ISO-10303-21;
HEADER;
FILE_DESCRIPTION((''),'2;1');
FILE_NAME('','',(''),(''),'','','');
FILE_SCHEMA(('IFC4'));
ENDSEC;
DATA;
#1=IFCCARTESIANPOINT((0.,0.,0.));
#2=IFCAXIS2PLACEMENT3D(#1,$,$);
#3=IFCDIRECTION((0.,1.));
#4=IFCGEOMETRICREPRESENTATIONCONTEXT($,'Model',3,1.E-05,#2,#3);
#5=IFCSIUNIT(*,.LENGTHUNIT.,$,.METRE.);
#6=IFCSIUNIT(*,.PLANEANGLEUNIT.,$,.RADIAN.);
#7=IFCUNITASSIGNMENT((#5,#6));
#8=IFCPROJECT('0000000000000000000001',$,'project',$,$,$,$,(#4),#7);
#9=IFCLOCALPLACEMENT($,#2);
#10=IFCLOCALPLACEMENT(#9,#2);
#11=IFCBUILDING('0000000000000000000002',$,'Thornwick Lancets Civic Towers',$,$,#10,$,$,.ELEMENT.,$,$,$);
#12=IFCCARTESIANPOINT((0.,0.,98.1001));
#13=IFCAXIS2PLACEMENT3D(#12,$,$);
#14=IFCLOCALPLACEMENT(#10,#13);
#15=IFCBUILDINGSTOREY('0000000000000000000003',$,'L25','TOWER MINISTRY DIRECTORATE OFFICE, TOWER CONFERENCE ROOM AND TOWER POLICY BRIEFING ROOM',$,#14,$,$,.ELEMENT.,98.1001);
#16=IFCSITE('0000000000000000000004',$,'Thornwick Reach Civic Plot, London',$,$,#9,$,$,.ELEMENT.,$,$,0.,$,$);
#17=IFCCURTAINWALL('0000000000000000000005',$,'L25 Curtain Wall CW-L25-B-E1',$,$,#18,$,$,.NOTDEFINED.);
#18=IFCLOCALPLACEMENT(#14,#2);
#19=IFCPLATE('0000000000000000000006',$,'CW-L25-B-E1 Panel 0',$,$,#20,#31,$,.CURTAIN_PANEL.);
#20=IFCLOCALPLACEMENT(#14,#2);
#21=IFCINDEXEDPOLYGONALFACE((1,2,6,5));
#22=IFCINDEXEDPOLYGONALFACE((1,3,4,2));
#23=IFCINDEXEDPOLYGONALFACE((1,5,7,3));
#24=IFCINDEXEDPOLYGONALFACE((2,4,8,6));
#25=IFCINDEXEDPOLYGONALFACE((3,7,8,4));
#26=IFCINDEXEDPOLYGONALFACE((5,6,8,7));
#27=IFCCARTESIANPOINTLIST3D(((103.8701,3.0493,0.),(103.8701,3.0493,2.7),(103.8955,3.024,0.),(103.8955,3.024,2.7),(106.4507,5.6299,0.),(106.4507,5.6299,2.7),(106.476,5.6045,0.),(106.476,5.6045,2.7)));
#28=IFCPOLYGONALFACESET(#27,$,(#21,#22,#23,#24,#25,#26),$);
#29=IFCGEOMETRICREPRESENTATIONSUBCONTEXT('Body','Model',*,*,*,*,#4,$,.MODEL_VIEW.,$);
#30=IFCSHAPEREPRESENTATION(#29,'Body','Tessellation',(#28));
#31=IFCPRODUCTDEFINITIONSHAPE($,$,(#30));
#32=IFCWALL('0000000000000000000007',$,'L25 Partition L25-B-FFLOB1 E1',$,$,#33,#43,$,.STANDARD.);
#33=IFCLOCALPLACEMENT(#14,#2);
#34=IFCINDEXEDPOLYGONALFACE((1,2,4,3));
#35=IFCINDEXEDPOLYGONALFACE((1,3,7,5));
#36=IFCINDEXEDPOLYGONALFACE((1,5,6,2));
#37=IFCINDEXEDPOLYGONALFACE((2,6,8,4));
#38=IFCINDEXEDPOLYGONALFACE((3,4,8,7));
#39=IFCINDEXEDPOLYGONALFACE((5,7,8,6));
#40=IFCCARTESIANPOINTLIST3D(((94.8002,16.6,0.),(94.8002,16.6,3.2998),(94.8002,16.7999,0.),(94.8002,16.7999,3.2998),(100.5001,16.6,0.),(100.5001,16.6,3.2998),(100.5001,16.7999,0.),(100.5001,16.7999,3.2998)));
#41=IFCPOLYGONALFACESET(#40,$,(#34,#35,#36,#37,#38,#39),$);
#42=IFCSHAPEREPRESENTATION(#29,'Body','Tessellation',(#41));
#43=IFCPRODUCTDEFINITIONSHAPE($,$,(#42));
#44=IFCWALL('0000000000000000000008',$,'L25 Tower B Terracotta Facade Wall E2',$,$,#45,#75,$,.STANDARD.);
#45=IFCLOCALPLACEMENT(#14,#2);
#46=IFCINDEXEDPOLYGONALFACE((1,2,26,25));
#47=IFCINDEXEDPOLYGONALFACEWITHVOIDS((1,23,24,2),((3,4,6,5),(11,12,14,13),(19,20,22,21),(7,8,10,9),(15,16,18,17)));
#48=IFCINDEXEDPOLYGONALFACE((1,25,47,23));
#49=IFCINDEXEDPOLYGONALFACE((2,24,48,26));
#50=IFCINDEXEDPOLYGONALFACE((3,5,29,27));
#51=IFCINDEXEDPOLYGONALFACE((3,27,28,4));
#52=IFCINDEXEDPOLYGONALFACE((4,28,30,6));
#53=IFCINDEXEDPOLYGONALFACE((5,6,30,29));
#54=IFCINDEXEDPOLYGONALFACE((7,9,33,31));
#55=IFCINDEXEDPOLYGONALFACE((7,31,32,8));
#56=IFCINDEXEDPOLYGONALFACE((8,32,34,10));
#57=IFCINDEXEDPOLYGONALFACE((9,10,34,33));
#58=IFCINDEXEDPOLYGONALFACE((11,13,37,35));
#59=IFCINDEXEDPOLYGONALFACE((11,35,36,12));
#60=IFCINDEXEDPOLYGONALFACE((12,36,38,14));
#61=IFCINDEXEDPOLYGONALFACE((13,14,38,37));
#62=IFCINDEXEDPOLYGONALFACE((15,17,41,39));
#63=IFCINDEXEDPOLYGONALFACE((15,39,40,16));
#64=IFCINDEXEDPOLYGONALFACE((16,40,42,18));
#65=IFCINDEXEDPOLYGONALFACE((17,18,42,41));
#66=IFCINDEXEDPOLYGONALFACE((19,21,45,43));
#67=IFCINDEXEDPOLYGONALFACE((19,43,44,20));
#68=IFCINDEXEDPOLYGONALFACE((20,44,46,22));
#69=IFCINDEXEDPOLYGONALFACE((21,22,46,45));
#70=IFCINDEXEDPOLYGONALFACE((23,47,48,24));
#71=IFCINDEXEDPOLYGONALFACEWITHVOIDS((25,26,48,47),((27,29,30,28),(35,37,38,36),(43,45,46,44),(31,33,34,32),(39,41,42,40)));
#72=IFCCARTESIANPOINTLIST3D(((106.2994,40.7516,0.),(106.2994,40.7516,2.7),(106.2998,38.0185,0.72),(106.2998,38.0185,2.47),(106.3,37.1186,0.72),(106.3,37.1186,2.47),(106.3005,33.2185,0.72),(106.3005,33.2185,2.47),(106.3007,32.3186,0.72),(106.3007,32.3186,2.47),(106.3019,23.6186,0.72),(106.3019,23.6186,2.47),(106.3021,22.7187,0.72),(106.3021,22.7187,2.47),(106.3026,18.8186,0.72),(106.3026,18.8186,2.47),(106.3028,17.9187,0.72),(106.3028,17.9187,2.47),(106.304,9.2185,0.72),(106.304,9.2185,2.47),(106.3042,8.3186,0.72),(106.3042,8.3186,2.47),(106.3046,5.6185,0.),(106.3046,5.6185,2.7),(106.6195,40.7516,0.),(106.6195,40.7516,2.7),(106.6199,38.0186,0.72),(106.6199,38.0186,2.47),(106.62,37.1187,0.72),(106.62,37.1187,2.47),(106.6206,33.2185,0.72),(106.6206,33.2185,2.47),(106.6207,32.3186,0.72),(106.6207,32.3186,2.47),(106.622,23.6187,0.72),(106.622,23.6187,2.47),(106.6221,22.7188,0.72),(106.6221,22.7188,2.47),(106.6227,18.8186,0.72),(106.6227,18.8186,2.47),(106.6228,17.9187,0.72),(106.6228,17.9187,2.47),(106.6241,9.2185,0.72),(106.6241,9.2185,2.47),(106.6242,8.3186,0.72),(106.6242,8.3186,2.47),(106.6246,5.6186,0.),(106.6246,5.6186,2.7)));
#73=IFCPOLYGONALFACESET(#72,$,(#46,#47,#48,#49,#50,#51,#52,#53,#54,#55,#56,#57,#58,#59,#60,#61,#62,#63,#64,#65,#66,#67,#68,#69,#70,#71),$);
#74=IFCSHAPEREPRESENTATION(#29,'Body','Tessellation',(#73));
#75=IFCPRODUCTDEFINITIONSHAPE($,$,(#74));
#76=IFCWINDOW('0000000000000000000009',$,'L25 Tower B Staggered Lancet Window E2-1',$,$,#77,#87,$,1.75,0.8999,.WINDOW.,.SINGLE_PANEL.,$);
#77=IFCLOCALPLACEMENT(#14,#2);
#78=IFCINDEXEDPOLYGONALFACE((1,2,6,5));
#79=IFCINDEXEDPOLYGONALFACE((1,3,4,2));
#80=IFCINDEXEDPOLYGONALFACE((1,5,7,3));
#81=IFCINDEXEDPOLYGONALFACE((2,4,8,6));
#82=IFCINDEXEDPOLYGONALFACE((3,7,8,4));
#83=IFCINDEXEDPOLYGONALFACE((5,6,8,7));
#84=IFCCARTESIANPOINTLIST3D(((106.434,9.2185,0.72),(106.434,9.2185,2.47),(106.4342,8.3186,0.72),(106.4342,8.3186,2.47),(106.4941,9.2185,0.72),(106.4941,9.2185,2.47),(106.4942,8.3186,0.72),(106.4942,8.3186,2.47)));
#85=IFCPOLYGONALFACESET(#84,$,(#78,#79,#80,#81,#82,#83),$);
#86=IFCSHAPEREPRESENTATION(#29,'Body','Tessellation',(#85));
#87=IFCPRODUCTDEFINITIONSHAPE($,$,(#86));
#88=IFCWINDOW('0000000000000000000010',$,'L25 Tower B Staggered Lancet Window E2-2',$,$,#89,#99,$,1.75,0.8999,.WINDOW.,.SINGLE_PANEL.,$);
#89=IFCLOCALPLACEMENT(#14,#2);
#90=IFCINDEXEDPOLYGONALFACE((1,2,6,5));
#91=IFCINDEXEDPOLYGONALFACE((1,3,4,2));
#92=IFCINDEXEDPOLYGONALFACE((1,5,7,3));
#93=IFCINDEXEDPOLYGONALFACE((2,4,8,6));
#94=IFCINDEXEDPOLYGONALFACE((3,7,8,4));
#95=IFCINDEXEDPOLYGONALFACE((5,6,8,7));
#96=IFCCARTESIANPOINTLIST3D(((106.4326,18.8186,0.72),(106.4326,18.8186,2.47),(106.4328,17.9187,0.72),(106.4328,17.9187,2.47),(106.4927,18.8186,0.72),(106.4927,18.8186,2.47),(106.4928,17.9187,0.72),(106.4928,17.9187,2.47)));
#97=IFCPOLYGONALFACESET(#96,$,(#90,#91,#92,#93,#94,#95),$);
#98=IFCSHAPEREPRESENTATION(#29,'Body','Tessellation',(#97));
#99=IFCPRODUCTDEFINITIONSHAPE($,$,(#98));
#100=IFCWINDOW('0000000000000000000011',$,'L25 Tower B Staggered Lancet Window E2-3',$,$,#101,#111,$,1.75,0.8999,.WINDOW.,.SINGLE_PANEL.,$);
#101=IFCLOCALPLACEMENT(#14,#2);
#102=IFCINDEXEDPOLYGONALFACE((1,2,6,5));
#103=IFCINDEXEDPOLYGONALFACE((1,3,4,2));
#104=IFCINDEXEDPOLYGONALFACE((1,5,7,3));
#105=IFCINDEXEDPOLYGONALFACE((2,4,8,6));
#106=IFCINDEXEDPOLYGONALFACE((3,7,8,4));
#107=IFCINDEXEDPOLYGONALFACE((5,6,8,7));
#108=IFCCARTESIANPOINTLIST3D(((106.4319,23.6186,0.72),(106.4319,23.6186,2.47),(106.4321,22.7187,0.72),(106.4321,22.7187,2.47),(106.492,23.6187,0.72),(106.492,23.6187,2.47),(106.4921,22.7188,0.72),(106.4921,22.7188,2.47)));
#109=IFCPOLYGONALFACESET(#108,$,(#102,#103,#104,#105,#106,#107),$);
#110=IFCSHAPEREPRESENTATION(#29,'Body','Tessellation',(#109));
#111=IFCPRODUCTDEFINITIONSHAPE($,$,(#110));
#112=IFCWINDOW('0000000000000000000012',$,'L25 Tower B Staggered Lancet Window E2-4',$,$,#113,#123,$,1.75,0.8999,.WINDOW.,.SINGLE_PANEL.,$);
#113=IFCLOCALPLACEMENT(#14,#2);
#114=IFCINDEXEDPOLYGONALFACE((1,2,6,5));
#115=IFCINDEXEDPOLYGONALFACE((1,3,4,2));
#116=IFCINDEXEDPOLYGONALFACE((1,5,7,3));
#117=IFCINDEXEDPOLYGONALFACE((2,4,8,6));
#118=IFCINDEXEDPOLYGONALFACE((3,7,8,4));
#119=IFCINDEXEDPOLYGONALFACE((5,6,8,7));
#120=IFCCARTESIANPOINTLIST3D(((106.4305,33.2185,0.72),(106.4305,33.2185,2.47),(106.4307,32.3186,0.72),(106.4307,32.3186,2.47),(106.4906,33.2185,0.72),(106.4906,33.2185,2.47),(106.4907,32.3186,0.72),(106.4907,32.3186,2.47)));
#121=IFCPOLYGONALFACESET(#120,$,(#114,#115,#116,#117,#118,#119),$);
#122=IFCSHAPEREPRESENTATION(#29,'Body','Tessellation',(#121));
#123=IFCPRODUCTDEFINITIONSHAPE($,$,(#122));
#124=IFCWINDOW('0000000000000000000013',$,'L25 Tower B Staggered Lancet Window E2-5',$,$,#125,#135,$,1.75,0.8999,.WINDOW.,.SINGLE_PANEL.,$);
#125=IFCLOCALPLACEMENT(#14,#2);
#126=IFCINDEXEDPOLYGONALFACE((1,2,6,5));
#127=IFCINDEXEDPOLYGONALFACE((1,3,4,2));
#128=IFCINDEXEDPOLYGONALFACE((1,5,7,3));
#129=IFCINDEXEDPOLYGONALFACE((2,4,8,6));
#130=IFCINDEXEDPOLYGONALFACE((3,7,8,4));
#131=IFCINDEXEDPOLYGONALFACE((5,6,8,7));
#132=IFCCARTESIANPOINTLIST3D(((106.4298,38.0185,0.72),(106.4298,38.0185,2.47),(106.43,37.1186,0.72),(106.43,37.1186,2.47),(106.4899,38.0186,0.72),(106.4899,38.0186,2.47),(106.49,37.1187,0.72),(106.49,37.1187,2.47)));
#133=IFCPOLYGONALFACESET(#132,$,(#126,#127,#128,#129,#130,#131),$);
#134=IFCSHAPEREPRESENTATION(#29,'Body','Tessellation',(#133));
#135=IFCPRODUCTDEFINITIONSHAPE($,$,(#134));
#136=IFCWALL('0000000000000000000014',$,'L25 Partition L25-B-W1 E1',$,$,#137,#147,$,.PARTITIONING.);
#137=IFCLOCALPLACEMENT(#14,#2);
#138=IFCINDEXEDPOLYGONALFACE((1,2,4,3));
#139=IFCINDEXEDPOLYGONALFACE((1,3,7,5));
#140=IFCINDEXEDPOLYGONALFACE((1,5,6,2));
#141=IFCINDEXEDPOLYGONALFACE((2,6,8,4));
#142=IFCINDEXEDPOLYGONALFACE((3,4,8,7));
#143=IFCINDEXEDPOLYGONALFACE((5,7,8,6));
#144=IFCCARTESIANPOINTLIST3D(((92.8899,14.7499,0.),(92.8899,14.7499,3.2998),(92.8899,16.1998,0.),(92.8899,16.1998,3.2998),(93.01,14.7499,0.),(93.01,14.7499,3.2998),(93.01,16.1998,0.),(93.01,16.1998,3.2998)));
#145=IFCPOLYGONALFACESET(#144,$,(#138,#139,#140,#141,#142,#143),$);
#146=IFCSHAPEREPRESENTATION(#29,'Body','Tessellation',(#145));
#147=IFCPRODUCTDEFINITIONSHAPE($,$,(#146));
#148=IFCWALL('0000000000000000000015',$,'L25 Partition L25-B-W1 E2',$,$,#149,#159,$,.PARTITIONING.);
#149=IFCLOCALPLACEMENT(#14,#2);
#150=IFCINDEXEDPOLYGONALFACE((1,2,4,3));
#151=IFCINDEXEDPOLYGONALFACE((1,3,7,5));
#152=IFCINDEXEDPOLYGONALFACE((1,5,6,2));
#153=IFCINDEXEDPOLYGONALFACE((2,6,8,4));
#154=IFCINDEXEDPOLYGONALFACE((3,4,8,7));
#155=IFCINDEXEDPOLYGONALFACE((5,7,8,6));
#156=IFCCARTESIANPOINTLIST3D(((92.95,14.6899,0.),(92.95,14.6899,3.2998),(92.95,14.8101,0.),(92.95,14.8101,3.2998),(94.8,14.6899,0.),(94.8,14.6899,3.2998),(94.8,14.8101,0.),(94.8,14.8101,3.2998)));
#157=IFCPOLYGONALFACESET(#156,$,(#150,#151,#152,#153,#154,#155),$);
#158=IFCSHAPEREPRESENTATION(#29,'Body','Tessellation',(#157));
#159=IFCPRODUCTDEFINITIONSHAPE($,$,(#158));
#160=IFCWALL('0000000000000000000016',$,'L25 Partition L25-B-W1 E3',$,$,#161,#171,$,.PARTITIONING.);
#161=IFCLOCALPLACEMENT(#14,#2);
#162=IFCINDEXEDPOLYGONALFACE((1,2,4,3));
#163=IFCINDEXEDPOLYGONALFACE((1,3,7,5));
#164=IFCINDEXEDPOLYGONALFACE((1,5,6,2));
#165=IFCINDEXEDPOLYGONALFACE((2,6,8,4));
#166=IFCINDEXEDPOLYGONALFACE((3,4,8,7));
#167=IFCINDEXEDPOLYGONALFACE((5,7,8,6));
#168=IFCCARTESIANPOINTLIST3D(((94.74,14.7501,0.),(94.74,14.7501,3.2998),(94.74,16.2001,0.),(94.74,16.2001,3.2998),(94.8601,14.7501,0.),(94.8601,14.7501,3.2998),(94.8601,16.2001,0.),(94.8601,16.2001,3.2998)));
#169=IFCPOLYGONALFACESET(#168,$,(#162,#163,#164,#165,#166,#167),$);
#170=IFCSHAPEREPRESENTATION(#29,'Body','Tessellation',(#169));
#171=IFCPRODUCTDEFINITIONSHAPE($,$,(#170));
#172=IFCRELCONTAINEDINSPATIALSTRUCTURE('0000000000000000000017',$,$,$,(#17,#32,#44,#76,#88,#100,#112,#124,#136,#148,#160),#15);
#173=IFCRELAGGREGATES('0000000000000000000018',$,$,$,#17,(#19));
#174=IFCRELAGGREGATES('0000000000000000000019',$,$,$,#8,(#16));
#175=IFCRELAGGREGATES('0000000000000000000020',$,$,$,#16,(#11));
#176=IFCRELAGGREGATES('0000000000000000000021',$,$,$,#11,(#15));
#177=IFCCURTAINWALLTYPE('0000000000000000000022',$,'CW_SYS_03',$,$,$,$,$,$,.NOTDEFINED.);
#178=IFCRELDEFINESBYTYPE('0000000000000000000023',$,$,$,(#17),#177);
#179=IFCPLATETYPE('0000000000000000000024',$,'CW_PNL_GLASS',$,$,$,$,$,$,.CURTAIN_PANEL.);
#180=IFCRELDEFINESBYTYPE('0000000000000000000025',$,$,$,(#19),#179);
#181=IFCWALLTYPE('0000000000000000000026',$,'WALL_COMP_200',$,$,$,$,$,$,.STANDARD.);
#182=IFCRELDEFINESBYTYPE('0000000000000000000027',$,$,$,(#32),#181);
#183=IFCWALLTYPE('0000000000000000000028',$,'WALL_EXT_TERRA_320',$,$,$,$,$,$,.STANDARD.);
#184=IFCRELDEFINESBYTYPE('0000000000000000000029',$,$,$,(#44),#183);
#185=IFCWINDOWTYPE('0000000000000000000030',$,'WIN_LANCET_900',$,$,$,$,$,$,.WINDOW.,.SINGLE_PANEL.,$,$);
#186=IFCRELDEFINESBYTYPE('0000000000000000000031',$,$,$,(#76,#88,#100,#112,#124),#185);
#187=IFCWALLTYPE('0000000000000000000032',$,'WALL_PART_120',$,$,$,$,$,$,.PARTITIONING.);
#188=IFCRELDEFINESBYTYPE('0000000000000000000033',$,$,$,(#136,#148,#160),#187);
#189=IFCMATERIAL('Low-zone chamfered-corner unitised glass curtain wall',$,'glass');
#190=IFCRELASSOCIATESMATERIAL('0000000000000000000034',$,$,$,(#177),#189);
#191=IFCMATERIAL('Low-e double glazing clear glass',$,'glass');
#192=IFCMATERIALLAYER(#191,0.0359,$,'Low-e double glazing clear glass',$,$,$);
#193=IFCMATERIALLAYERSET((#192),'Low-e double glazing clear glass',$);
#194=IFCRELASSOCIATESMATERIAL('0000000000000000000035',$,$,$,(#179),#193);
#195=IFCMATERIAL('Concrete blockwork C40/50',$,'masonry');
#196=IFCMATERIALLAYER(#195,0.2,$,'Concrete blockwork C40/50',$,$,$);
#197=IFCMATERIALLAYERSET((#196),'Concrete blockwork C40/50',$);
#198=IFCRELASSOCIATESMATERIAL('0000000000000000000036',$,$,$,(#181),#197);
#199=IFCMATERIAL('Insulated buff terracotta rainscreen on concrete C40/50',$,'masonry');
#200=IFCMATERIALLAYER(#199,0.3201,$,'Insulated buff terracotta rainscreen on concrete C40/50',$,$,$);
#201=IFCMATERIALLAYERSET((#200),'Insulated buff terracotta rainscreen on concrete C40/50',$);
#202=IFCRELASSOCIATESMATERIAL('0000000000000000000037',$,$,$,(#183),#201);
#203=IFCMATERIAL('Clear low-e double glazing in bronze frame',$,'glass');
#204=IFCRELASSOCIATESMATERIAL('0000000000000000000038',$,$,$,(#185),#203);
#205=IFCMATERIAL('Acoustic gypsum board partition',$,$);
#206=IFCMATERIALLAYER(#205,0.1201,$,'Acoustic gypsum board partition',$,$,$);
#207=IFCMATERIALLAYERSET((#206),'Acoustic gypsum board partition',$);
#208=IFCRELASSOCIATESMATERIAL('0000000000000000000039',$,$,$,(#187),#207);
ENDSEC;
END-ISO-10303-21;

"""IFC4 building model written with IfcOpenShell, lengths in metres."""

from ifc_helpers import new_model, si_unit, direction, frame, frame_2d, origin, origin_2d, place, context, subcontext, project, spatial, rectangle, extrude, material, layer, layer_set, type_object, element, fill, aggregate, save


model = new_model("IFC4")

# Units and contexts
model_context = context("Model", 3, precision=1e-05, world=origin(), true_north=direction((0.0, 1.0)))
body_context = subcontext(model_context, "Body", "Model", "MODEL_VIEW")
ifc_project = project(units=[si_unit("LENGTHUNIT", "METRE"), si_unit("PLANEANGLEUNIT", "RADIAN")], contexts=[model_context])

# Site, building, storey
site_placement = place(None, origin())
site = spatial("IfcSite", under=ifc_project, at=site_placement, Name="Thornwick Reach Civic Plot, London", CompositionType="ELEMENT", RefElevation=0.0)
building_placement = place(site_placement, origin())
building = spatial("IfcBuilding", under=site, at=building_placement, Name="Thornwick Lancets Civic Towers", CompositionType="ELEMENT")
storey_placement = place(building_placement, frame((0.0, 0.0, 98.1001)))
storey = spatial("IfcBuildingStorey", under=building, at=storey_placement, Name="L25", Description="TOWER MINISTRY DIRECTORATE OFFICE, TOWER CONFERENCE ROOM AND TOWER POLICY BRIEFING ROOM", CompositionType="ELEMENT", Elevation=98.1001)

# Curtain wall, plate
ifc_material_1 = material(Name="Low-zone chamfered-corner unitised glass curtain wall", Category="glass")
curtain_wall_type = type_object("IfcCurtainWallType", Name="CW_SYS_03", PredefinedType="NOTDEFINED", material=ifc_material_1)
curtain_wall_placement = place(storey_placement, origin())
curtain_wall = element("IfcCurtainWall", 1, at=curtain_wall_placement, inside=storey, type_object=curtain_wall_type, Name="L25 Curtain Wall CW-L25-B-E1", PredefinedType="NOTDEFINED")
ifc_material_2 = material(Name="Low-e double glazing clear glass", Category="glass")
ifc_layer_1 = layer(ifc_material_2, 0.0359, Name="Low-e double glazing clear glass")
ifc_layer_set_1 = layer_set([ifc_layer_1], Name="Low-e double glazing clear glass")
plate_type = type_object("IfcPlateType", Name="CW_PNL_GLASS", PredefinedType="CURTAIN_PANEL", material=ifc_layer_set_1)
plate_placement = place(storey_placement, frame((105.1731, 4.3269, 0.0), z_axis=(0.0, 0.0, 1.0), x_axis=(0.707107, 0.707107, 0.0)))
plate = element("IfcPlate", 2, at=plate_placement, type_object=plate_type, Name="CW-L25-B-E1 Panel 0", PredefinedType="CURTAIN_PANEL", context=body_context, shape_type="SweptSolid", body=[
    extrude(rectangle(XDim=3.6494, YDim=0.0359, at=origin_2d()), origin(), (0.0, 0.0, 1.0), 2.7),
])
aggregate(curtain_wall, [plate])

# Wall
ifc_material_3 = material(Name="Concrete blockwork C40/50", Category="masonry")
ifc_layer_2 = layer(ifc_material_3, 0.2, Name="Concrete blockwork C40/50")
ifc_layer_set_2 = layer_set([ifc_layer_2], Name="Concrete blockwork C40/50")
wall_type_1 = type_object("IfcWallType", Name="WALL_COMP_200", PredefinedType="STANDARD", material=ifc_layer_set_2)
wall_1_placement = place(storey_placement, frame((94.8, 16.7, 0.0), z_axis=(0.0, 0.0, 1.0), x_axis=(1.0, 0.0, 0.0)))
element("IfcWall", 3, at=wall_1_placement, inside=storey, type_object=wall_type_1, Name="L25 Partition L25-B-FFLOB1 E1", PredefinedType="STANDARD", context=body_context, shape_type="SweptSolid", body=[
    extrude(rectangle(XDim=5.7, YDim=0.2, at=frame_2d((2.8501, 0.0))), origin(), (0.0, 0.0, 1.0), 3.2998),
])

# Wall, openings, windows
ifc_material_4 = material(Name="Insulated buff terracotta rainscreen on concrete C40/50", Category="masonry")
ifc_layer_3 = layer(ifc_material_4, 0.3201, Name="Insulated buff terracotta rainscreen on concrete C40/50")
ifc_layer_set_3 = layer_set([ifc_layer_3], Name="Insulated buff terracotta rainscreen on concrete C40/50")
wall_type_2 = type_object("IfcWallType", Name="WALL_EXT_TERRA_320", PredefinedType="STANDARD", material=ifc_layer_set_3)
wall_2_placement = place(storey_placement, frame((106.4646, 5.6187, 0.0), z_axis=(0.0, 0.0, 1.0), x_axis=(-0.000146, 1.0, 0.0)))
wall_2 = element("IfcWall", 4, at=wall_2_placement, inside=storey, type_object=wall_type_2, Name="L25 Tower B Terracotta Facade Wall E2", PredefinedType="STANDARD", context=body_context, shape_type="SweptSolid", body=[
    extrude(rectangle(XDim=35.1331, YDim=0.3201, at=frame_2d((17.5664, 0.0))), origin(), (0.0, 0.0, 1.0), 2.7),
])
opening_1_placement = place(wall_2_placement, frame((2.7, 0.0, 0.72)))
opening_1 = element("IfcOpeningElement", 5, at=opening_1_placement, cuts=wall_2, PredefinedType="OPENING", context=body_context, shape_type="SweptSolid", body=[
    extrude(rectangle(XDim=0.8999, YDim=1.75, at=frame_2d((0.45, 0.875))), frame((0.0, 0.1699, 0.0), z_axis=(0.0, -1.0, 0.0), x_axis=(1.0, 0.0, 0.0)), (0.0, 0.0, 1.0), 0.3401),
])
opening_2_placement = place(wall_2_placement, frame((12.3, 0.0, 0.72)))
opening_2 = element("IfcOpeningElement", 6, at=opening_2_placement, cuts=wall_2, PredefinedType="OPENING", context=body_context, shape_type="SweptSolid", body=[
    extrude(rectangle(XDim=0.8999, YDim=1.75, at=frame_2d((0.45, 0.875))), frame((0.0, 0.1699, 0.0), z_axis=(0.0, -1.0, 0.0), x_axis=(1.0, 0.0, 0.0)), (0.0, 0.0, 1.0), 0.3401),
])
opening_3_placement = place(wall_2_placement, frame((17.1001, 0.0, 0.72)))
opening_3 = element("IfcOpeningElement", 7, at=opening_3_placement, cuts=wall_2, PredefinedType="OPENING", context=body_context, shape_type="SweptSolid", body=[
    extrude(rectangle(XDim=0.8999, YDim=1.75, at=frame_2d((0.45, 0.875))), frame((0.0, 0.1699, 0.0), z_axis=(0.0, -1.0, 0.0), x_axis=(1.0, 0.0, 0.0)), (0.0, 0.0, 1.0), 0.3401),
])
opening_4_placement = place(wall_2_placement, frame((26.7, 0.0, 0.72)))
opening_4 = element("IfcOpeningElement", 8, at=opening_4_placement, cuts=wall_2, PredefinedType="OPENING", context=body_context, shape_type="SweptSolid", body=[
    extrude(rectangle(XDim=0.8999, YDim=1.75, at=frame_2d((0.45, 0.875))), frame((0.0, 0.1699, 0.0), z_axis=(0.0, -1.0, 0.0), x_axis=(1.0, 0.0, 0.0)), (0.0, 0.0, 1.0), 0.3401),
])
opening_5_placement = place(wall_2_placement, frame((31.5, 0.0, 0.72)))
opening_5 = element("IfcOpeningElement", 9, at=opening_5_placement, cuts=wall_2, PredefinedType="OPENING", context=body_context, shape_type="SweptSolid", body=[
    extrude(rectangle(XDim=0.8999, YDim=1.75, at=frame_2d((0.45, 0.875))), frame((0.0, 0.1699, 0.0), z_axis=(0.0, -1.0, 0.0), x_axis=(1.0, 0.0, 0.0)), (0.0, 0.0, 1.0), 0.3401),
])
ifc_material_5 = material(Name="Clear low-e double glazing in bronze frame", Category="glass")
window_type = type_object("IfcWindowType", Name="WIN_LANCET_900", PartitioningType="SINGLE_PANEL", PredefinedType="WINDOW", material=ifc_material_5)
window_1_placement = place(opening_1_placement, origin())
window_1 = element("IfcWindow", 10, at=window_1_placement, inside=storey, type_object=window_type, Name="L25 Tower B Staggered Lancet Window E2-1", OverallHeight=1.75, OverallWidth=0.8999, PartitioningType="SINGLE_PANEL", PredefinedType="WINDOW", context=body_context, shape_type="SweptSolid", body=[
    extrude(rectangle(XDim=0.8999, YDim=1.75, at=frame_2d((0.45, 0.875))), frame((0.0, 0.03, 0.0), z_axis=(0.0, -1.0, 0.0), x_axis=(1.0, 0.0, 0.0)), (0.0, 0.0, 1.0), 0.0601),
])
fill(opening_1, window_1)
window_2_placement = place(opening_2_placement, origin())
window_2 = element("IfcWindow", 11, at=window_2_placement, inside=storey, type_object=window_type, Name="L25 Tower B Staggered Lancet Window E2-2", OverallHeight=1.75, OverallWidth=0.8999, PartitioningType="SINGLE_PANEL", PredefinedType="WINDOW", context=body_context, shape_type="SweptSolid", body=[
    extrude(rectangle(XDim=0.8999, YDim=1.75, at=frame_2d((0.45, 0.875))), frame((0.0, 0.03, 0.0), z_axis=(0.0, -1.0, 0.0), x_axis=(1.0, 0.0, 0.0)), (0.0, 0.0, 1.0), 0.0601),
])
fill(opening_2, window_2)
window_3_placement = place(opening_3_placement, origin())
window_3 = element("IfcWindow", 12, at=window_3_placement, inside=storey, type_object=window_type, Name="L25 Tower B Staggered Lancet Window E2-3", OverallHeight=1.75, OverallWidth=0.8999, PartitioningType="SINGLE_PANEL", PredefinedType="WINDOW", context=body_context, shape_type="SweptSolid", body=[
    extrude(rectangle(XDim=0.8999, YDim=1.75, at=frame_2d((0.45, 0.875))), frame((0.0, 0.03, 0.0), z_axis=(0.0, -1.0, 0.0), x_axis=(1.0, 0.0, 0.0)), (0.0, 0.0, 1.0), 0.0601),
])
fill(opening_3, window_3)
window_4_placement = place(opening_4_placement, origin())
window_4 = element("IfcWindow", 13, at=window_4_placement, inside=storey, type_object=window_type, Name="L25 Tower B Staggered Lancet Window E2-4", OverallHeight=1.75, OverallWidth=0.8999, PartitioningType="SINGLE_PANEL", PredefinedType="WINDOW", context=body_context, shape_type="SweptSolid", body=[
    extrude(rectangle(XDim=0.8999, YDim=1.75, at=frame_2d((0.45, 0.875))), frame((0.0, 0.03, 0.0), z_axis=(0.0, -1.0, 0.0), x_axis=(1.0, 0.0, 0.0)), (0.0, 0.0, 1.0), 0.0601),
])
fill(opening_4, window_4)
window_5_placement = place(opening_5_placement, origin())
window_5 = element("IfcWindow", 14, at=window_5_placement, inside=storey, type_object=window_type, Name="L25 Tower B Staggered Lancet Window E2-5", OverallHeight=1.75, OverallWidth=0.8999, PartitioningType="SINGLE_PANEL", PredefinedType="WINDOW", context=body_context, shape_type="SweptSolid", body=[
    extrude(rectangle(XDim=0.8999, YDim=1.75, at=frame_2d((0.45, 0.875))), frame((0.0, 0.03, 0.0), z_axis=(0.0, -1.0, 0.0), x_axis=(1.0, 0.0, 0.0)), (0.0, 0.0, 1.0), 0.0601),
])
fill(opening_5, window_5)

# Walls
ifc_material_6 = material(Name="Acoustic gypsum board partition")
ifc_layer_4 = layer(ifc_material_6, 0.1201, Name="Acoustic gypsum board partition")
ifc_layer_set_4 = layer_set([ifc_layer_4], Name="Acoustic gypsum board partition")
wall_type_3 = type_object("IfcWallType", Name="WALL_PART_120", PredefinedType="PARTITIONING", material=ifc_layer_set_4)
wall_3_placement = place(storey_placement, frame((92.95, 16.2, 0.0), z_axis=(0.0, 0.0, 1.0), x_axis=(0.0, -1.0, 0.0)))
element("IfcWall", 15, at=wall_3_placement, inside=storey, type_object=wall_type_3, Name="L25 Partition L25-B-W1 E1", PredefinedType="PARTITIONING", context=body_context, shape_type="SweptSolid", body=[
    extrude(rectangle(XDim=1.45, YDim=0.1201, at=frame_2d((0.7251, 0.0))), origin(), (0.0, 0.0, 1.0), 3.2998),
])
wall_4_placement = place(storey_placement, frame((92.95, 14.75, 0.0), z_axis=(0.0, 0.0, 1.0), x_axis=(1.0, 0.0, 0.0)))
element("IfcWall", 16, at=wall_4_placement, inside=storey, type_object=wall_type_3, Name="L25 Partition L25-B-W1 E2", PredefinedType="PARTITIONING", context=body_context, shape_type="SweptSolid", body=[
    extrude(rectangle(XDim=1.8501, YDim=0.1201, at=frame_2d((0.925, 0.0))), origin(), (0.0, 0.0, 1.0), 3.2998),
])
wall_5_placement = place(storey_placement, frame((94.8, 14.75, 0.0), z_axis=(0.0, 0.0, 1.0), x_axis=(0.0, 1.0, 0.0)))
element("IfcWall", 17, at=wall_5_placement, inside=storey, type_object=wall_type_3, Name="L25 Partition L25-B-W1 E3", PredefinedType="PARTITIONING", context=body_context, shape_type="SweptSolid", body=[
    extrude(rectangle(XDim=1.45, YDim=0.1201, at=frame_2d((0.7251, 0.0))), origin(), (0.0, 0.0, 1.0), 3.2998),
])

save(model, "model.ifc")
